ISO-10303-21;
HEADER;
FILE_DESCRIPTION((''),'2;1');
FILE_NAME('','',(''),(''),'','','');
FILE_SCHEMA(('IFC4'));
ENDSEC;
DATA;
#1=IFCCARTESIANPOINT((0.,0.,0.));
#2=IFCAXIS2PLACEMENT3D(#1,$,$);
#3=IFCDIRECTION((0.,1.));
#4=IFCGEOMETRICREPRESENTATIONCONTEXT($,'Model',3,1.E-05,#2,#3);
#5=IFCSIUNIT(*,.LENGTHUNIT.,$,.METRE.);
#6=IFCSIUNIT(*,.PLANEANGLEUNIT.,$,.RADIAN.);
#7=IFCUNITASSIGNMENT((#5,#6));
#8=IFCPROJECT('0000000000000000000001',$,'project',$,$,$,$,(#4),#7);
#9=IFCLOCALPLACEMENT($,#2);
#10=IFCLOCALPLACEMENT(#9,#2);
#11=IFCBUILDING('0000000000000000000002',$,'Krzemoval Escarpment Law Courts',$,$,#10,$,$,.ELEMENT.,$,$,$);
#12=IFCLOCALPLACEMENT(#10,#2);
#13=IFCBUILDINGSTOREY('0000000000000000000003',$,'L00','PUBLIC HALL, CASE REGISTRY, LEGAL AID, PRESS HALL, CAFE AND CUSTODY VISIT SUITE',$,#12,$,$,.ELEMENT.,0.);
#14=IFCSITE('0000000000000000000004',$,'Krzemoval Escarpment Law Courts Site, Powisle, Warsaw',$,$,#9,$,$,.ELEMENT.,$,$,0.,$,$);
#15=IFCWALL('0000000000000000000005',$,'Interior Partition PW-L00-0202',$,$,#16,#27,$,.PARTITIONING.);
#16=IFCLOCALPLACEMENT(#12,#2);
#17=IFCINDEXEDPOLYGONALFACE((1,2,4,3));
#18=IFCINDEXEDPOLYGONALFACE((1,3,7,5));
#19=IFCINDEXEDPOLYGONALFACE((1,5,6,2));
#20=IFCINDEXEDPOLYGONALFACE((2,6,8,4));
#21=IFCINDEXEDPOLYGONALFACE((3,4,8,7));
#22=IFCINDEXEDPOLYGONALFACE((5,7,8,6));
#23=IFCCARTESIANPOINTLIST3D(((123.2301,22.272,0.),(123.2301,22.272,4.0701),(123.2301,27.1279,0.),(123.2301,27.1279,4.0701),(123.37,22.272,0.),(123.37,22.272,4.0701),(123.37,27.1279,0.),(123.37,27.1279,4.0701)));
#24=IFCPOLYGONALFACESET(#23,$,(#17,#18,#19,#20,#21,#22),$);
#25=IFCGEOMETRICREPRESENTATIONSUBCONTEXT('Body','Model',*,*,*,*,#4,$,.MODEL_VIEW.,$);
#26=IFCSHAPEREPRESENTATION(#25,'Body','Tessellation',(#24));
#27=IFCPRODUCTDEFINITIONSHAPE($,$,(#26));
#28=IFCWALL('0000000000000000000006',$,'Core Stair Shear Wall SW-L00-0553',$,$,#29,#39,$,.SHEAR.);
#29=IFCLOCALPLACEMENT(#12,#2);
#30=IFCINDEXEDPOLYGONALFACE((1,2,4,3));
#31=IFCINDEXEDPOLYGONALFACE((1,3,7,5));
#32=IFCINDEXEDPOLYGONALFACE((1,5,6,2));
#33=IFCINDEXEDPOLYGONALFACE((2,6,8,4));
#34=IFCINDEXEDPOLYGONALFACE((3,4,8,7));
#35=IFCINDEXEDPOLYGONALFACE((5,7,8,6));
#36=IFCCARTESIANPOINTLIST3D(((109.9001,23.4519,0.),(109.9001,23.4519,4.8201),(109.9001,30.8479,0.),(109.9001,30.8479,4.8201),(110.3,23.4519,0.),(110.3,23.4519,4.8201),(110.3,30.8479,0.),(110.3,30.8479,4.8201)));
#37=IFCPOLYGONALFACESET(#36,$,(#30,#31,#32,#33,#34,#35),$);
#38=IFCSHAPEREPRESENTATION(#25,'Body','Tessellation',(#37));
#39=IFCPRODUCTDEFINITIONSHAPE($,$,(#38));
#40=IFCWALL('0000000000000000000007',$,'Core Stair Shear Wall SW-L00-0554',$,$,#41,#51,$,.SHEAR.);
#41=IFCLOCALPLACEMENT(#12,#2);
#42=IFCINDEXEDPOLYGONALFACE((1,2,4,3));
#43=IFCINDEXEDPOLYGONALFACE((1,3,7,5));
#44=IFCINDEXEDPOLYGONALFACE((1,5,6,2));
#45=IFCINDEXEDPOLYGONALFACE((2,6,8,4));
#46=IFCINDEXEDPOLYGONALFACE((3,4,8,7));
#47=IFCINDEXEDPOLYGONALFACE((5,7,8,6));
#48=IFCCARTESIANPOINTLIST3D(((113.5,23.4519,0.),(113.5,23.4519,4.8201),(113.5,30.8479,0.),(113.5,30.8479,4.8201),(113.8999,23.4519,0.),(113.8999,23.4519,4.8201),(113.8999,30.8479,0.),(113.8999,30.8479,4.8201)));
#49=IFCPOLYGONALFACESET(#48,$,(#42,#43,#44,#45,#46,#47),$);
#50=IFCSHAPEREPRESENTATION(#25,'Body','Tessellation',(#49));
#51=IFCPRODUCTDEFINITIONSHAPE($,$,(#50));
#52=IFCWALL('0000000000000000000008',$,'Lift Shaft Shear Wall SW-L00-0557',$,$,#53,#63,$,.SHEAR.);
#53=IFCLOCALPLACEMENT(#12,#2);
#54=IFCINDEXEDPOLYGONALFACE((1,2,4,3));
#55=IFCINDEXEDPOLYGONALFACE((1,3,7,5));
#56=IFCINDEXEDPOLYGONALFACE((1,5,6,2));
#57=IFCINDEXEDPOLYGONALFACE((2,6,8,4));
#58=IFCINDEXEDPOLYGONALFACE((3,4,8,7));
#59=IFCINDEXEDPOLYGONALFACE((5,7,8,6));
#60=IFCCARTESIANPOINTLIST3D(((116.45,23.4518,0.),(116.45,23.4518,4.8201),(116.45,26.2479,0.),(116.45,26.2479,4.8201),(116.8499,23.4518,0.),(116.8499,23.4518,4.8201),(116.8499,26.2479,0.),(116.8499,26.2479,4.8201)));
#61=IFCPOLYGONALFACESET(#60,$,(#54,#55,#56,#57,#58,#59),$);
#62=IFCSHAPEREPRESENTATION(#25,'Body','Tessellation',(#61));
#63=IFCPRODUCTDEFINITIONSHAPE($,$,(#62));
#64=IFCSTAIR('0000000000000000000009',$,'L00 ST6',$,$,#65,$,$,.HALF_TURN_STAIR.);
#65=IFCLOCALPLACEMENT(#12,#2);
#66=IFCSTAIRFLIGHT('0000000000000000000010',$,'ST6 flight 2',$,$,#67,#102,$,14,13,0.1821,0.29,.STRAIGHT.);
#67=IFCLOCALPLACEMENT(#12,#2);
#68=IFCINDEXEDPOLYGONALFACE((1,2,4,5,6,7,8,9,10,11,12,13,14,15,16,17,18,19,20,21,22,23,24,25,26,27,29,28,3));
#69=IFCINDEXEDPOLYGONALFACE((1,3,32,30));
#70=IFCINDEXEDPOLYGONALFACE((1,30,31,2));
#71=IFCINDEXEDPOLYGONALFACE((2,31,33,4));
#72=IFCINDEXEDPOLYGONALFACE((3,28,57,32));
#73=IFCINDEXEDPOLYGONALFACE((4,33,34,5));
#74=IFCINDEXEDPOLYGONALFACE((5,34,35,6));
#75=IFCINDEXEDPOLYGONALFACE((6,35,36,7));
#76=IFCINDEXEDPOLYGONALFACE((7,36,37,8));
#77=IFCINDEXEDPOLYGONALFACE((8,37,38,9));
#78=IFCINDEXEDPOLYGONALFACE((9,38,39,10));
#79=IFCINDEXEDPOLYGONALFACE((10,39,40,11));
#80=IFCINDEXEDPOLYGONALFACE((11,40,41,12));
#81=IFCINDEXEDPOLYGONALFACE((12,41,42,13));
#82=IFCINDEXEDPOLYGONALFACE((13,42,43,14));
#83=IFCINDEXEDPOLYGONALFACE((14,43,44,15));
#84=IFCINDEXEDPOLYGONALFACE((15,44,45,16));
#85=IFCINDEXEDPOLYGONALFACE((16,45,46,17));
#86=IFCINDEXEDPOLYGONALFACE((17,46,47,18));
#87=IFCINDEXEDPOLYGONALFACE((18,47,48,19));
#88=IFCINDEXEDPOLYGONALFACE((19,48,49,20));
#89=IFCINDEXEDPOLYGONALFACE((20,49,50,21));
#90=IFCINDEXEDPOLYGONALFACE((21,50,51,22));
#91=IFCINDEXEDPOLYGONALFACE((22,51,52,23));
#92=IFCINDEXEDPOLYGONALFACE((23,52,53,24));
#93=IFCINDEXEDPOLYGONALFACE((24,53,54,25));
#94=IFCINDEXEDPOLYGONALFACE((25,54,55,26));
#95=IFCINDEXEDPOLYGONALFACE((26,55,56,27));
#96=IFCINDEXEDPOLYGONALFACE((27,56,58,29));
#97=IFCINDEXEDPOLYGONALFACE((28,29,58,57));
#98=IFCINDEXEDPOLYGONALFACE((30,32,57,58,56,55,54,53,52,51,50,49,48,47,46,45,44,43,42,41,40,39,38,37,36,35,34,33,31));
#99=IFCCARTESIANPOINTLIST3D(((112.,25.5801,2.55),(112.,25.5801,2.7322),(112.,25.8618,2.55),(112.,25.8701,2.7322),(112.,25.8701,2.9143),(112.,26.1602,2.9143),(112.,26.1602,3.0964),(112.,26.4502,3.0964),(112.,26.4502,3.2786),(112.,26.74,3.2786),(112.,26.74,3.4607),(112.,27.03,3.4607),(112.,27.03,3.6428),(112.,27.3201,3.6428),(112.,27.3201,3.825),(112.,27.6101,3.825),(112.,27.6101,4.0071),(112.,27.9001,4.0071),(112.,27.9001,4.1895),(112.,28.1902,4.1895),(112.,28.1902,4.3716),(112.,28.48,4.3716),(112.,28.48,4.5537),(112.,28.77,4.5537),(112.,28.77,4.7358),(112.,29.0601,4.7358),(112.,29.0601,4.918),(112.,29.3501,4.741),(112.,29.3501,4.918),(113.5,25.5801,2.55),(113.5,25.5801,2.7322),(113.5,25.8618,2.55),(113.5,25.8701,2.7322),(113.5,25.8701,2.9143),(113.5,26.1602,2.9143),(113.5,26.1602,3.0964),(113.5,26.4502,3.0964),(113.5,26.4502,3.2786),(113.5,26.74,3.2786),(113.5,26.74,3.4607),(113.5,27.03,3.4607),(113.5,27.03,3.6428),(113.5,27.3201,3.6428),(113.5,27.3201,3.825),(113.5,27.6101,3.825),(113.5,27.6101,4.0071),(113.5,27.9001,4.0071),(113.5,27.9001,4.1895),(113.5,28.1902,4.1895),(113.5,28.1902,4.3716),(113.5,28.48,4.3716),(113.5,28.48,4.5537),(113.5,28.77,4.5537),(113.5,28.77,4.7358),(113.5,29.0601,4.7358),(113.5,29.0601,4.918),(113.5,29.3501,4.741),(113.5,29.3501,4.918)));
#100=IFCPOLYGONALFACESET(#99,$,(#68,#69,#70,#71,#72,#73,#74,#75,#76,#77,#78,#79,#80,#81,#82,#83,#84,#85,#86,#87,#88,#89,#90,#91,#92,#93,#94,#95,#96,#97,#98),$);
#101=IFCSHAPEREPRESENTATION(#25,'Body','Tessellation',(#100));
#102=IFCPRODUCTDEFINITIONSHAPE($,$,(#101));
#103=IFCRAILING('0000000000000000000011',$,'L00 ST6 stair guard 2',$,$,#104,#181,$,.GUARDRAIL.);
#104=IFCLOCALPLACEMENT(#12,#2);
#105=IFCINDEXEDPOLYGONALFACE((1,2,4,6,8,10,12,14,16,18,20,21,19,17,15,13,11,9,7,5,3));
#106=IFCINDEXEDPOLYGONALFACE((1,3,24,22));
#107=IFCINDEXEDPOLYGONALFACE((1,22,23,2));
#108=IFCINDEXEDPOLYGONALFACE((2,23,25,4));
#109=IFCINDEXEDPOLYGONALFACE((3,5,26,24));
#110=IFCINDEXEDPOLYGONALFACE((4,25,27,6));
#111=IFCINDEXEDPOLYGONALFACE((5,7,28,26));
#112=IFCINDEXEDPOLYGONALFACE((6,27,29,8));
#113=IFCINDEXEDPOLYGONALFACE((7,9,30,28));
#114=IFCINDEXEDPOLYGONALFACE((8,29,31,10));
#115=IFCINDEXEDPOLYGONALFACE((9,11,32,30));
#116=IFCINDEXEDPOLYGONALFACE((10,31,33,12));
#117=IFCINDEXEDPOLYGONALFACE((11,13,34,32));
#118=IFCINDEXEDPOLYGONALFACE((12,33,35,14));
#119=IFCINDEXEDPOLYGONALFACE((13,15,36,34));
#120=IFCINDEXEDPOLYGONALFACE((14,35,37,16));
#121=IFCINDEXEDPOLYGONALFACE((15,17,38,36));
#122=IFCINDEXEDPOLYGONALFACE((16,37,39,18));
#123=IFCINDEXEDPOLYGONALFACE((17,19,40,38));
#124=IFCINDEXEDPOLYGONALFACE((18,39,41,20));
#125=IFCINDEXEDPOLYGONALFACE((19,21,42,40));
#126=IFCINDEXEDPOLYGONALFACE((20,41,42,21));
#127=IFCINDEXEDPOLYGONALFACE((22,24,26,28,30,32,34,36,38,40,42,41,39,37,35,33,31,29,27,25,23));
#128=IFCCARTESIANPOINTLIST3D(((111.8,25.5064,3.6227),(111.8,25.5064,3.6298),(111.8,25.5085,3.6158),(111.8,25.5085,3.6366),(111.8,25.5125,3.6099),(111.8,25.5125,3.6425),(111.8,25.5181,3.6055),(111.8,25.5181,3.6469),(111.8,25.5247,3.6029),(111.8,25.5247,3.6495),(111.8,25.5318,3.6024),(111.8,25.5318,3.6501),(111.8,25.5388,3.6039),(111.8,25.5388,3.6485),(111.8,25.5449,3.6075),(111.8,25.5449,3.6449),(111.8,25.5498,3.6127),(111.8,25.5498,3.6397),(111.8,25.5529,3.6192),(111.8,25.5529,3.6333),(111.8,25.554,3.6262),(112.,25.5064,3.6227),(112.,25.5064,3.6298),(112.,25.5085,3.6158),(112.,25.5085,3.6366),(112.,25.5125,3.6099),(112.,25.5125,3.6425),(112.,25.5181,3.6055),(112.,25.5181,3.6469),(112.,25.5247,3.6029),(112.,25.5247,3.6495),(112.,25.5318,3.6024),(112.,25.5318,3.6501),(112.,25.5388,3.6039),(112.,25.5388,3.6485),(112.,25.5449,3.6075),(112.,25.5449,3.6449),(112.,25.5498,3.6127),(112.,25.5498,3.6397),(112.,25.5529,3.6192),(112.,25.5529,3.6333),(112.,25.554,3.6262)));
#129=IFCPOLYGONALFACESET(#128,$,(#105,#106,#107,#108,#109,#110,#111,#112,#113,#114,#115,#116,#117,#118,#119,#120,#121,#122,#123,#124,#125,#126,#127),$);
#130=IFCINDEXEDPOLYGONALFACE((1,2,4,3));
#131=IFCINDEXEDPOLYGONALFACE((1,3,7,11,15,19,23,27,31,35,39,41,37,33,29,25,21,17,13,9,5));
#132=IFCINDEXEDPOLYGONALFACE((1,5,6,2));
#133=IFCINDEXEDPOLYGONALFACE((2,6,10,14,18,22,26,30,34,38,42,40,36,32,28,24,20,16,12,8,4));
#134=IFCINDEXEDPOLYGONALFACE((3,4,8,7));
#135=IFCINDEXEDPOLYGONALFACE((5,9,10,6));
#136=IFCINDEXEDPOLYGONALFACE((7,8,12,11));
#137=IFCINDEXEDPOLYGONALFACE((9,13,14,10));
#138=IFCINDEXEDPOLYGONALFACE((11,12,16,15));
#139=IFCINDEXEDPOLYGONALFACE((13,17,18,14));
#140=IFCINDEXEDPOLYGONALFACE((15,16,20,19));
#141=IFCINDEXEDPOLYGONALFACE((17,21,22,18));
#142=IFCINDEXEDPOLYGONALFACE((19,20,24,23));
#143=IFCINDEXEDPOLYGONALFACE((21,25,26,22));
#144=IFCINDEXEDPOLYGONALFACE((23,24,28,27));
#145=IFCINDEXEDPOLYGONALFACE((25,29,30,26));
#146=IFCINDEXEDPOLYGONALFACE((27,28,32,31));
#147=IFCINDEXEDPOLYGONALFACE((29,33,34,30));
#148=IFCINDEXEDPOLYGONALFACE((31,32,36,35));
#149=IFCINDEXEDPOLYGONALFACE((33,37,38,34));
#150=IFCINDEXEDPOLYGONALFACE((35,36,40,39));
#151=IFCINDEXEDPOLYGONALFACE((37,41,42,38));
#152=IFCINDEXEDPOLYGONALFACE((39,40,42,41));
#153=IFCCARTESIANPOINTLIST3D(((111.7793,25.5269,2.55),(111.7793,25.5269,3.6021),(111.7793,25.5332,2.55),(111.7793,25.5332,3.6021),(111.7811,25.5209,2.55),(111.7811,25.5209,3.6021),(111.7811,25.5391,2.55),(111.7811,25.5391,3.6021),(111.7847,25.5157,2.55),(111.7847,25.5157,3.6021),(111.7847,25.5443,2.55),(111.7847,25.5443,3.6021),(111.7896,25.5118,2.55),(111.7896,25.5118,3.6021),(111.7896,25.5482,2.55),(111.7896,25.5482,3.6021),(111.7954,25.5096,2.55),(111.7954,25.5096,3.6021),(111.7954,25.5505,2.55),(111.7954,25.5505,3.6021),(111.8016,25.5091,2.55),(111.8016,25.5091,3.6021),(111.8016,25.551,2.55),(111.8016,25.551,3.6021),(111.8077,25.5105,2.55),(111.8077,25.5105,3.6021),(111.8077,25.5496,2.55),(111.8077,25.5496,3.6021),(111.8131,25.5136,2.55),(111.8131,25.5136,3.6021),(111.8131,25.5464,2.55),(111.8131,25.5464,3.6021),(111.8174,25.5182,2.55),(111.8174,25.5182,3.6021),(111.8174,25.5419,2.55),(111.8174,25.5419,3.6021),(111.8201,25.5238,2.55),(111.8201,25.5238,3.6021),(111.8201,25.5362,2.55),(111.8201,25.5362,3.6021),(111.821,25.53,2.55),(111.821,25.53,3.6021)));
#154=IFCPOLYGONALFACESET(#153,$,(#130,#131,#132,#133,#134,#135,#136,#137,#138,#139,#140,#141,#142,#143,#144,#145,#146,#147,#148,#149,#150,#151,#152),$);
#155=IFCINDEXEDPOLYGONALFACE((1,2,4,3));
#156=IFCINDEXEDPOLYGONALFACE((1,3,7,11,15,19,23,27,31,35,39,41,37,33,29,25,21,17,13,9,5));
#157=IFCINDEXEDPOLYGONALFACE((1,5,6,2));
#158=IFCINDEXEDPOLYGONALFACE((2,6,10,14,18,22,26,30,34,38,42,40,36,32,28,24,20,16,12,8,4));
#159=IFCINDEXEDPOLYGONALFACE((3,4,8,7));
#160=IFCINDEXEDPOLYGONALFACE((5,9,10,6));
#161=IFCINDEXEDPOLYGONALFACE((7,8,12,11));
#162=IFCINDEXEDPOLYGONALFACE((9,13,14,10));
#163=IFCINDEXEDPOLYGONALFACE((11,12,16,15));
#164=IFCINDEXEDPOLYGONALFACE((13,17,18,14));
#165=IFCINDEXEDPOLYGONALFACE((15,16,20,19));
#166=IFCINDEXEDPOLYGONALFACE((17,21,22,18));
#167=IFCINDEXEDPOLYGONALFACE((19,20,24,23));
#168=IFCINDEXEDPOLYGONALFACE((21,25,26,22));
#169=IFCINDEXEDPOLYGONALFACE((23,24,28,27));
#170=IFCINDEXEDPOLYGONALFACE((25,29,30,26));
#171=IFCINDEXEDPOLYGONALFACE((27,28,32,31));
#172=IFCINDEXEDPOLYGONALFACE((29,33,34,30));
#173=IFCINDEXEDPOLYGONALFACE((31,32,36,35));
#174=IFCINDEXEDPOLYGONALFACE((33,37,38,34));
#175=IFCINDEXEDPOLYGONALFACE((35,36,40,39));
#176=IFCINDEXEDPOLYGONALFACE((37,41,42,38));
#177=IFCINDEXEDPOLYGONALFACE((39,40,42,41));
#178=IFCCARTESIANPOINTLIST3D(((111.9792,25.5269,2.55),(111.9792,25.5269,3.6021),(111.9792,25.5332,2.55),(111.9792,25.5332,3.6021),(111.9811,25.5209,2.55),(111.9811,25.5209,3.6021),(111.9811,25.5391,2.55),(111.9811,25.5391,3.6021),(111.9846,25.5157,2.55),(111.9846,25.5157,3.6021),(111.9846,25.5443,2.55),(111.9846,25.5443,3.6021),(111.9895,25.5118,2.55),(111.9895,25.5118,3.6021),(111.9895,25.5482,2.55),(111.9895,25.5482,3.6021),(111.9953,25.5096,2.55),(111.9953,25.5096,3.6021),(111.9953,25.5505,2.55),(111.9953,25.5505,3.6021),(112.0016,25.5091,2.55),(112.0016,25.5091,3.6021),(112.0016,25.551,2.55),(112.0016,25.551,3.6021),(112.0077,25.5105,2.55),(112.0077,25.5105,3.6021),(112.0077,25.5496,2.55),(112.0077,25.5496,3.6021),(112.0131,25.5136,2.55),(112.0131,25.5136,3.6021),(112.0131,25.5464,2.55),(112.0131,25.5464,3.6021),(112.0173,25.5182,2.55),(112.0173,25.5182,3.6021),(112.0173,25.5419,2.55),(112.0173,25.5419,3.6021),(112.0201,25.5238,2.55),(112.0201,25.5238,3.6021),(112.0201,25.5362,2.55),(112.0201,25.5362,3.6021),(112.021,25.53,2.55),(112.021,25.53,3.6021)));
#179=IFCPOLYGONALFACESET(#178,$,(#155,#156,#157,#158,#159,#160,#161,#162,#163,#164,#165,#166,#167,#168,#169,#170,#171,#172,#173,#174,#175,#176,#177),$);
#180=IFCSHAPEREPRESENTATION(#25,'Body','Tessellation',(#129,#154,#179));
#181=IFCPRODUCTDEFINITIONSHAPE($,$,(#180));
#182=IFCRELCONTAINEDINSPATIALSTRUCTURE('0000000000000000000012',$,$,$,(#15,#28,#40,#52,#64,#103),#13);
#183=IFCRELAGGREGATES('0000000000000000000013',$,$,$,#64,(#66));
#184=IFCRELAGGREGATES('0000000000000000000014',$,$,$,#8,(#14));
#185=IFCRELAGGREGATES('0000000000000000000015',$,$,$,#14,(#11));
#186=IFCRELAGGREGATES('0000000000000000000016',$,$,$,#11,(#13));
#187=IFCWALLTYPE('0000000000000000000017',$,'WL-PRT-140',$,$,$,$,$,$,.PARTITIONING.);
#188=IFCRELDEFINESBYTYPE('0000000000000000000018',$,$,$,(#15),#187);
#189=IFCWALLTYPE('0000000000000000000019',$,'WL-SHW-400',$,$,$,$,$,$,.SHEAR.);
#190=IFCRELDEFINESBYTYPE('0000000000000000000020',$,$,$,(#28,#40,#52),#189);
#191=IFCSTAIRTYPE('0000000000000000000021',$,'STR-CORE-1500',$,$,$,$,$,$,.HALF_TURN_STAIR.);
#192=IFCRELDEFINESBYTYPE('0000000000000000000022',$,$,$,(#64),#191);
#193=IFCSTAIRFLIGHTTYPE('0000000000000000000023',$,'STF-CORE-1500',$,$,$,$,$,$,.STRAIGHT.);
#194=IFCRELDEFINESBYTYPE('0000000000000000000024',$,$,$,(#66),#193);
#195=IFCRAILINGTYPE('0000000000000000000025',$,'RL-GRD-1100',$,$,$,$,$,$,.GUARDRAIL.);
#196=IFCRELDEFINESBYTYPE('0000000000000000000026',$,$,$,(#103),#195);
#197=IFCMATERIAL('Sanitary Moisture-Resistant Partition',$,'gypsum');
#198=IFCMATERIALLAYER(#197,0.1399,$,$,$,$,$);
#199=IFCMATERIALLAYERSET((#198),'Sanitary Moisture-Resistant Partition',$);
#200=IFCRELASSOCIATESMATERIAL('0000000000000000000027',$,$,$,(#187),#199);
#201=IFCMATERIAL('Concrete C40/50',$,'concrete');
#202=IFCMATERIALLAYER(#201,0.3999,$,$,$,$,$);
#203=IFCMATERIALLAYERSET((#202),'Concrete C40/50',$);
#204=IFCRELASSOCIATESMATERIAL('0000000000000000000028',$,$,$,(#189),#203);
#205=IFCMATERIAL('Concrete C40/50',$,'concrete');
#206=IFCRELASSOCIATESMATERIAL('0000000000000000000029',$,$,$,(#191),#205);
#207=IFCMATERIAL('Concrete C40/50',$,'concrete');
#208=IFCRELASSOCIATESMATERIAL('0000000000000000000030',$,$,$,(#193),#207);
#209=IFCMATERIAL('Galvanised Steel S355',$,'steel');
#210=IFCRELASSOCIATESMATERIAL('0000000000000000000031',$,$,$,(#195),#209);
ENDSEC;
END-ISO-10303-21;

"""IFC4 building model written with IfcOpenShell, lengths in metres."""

from ifc_helpers import new_model, si_unit, direction, frame, frame_2d, origin, origin_2d, place, context, subcontext, project, spatial, polyline, rectangle, circle, outline, extrude, material, layer, layer_set, type_object, element, aggregate, save


model = new_model("IFC4")

# Units and contexts
model_context = context("Model", 3, precision=1e-05, world=origin(), true_north=direction((0.0, 1.0)))
body_context = subcontext(model_context, "Body", "Model", "MODEL_VIEW")
ifc_project = project(units=[si_unit("LENGTHUNIT", "METRE"), si_unit("PLANEANGLEUNIT", "RADIAN")], contexts=[model_context])

# Site, building, storey
site_placement = place(None, origin())
site = spatial("IfcSite", under=ifc_project, at=site_placement, Name="Krzemoval Escarpment Law Courts Site, Powisle, Warsaw", CompositionType="ELEMENT", RefElevation=0.0)
building_placement = place(site_placement, origin())
building = spatial("IfcBuilding", under=site, at=building_placement, Name="Krzemoval Escarpment Law Courts", CompositionType="ELEMENT")
storey_placement = place(building_placement, origin())
storey = spatial("IfcBuildingStorey", under=building, at=storey_placement, Name="L00", Description="PUBLIC HALL, CASE REGISTRY, LEGAL AID, PRESS HALL, CAFE AND CUSTODY VISIT SUITE", CompositionType="ELEMENT", Elevation=0.0)

# Shared definitions
ifc_material_1 = material(Name="Sanitary Moisture-Resistant Partition", Category="gypsum")
ifc_layer_1 = layer(ifc_material_1, 0.1399)
ifc_layer_set_1 = layer_set([ifc_layer_1], Name="Sanitary Moisture-Resistant Partition")
wall_type_1 = type_object("IfcWallType", Name="WL-PRT-140", PredefinedType="PARTITIONING", material=ifc_layer_set_1)

# Walls
wall_1_placement = place(storey_placement, frame((123.3, 22.272, 0.0), z_axis=(0.0, 0.0, 1.0), x_axis=(0.0, 1.0, 0.0)))
element("IfcWall", 1, at=wall_1_placement, inside=storey, type_object=wall_type_1, Name="Interior Partition PW-L00-0202", PredefinedType="PARTITIONING", context=body_context, shape_type="SweptSolid", body=[
    extrude(rectangle(XDim=4.856, YDim=0.1399, at=frame_2d((2.428, 0.0))), origin(), (0.0, 0.0, 1.0), 4.0701),
])
ifc_material_2 = material(Name="Concrete C40/50", Category="concrete")
ifc_layer_2 = layer(ifc_material_2, 0.3999)
ifc_layer_set_2 = layer_set([ifc_layer_2], Name="Concrete C40/50")
wall_type_2 = type_object("IfcWallType", Name="WL-SHW-400", PredefinedType="SHEAR", material=ifc_layer_set_2)
for number, where, z_axis, x_axis, name in (
    (2, (110.1001, 23.4519, 0.0), (0.0, 0.0, 1.0), (0.0, 1.0, 0.0), "Core Stair Shear Wall SW-L00-0553"),
    (3, (113.7, 23.4519, 0.0), (0.0, 0.0, 1.0), (0.0, 1.0, 0.0), "Core Stair Shear Wall SW-L00-0554"),
):
    element("IfcWall", number, at=place(storey_placement, frame(where, z_axis=z_axis, x_axis=x_axis)), inside=storey, type_object=wall_type_2, Name=name, PredefinedType="SHEAR", context=body_context, shape_type="SweptSolid", body=[
        extrude(rectangle(XDim=7.396, YDim=0.3999, at=frame_2d((3.698, 0.0))), origin(), (0.0, 0.0, 1.0), 4.8201),
    ])

# Wall
wall_2_placement = place(storey_placement, frame((116.6499, 23.4519, 0.0), z_axis=(0.0, 0.0, 1.0), x_axis=(0.0, 1.0, 0.0)))
element("IfcWall", 4, at=wall_2_placement, inside=storey, type_object=wall_type_2, Name="Lift Shaft Shear Wall SW-L00-0557", PredefinedType="SHEAR", context=body_context, shape_type="SweptSolid", body=[
    extrude(rectangle(XDim=2.7961, YDim=0.3999, at=frame_2d((1.3979, 0.0))), origin(), (0.0, 0.0, 1.0), 4.8201),
])

# Stair, stair flight
ifc_material_3 = material(Name="Concrete C40/50", Category="concrete")
stair_type = type_object("IfcStairType", Name="STR-CORE-1500", PredefinedType="HALF_TURN_STAIR", material=ifc_material_3)
stair_placement = place(storey_placement, origin())
stair = element("IfcStair", 5, at=stair_placement, inside=storey, type_object=stair_type, Name="L00 ST6", PredefinedType="HALF_TURN_STAIR")
ifc_material_4 = material(Name="Concrete C40/50", Category="concrete")
stair_flight_type = type_object("IfcStairFlightType", Name="STF-CORE-1500", PredefinedType="STRAIGHT", material=ifc_material_4)
stair_flight_placement = place(storey_placement, frame((112.75, 25.5801, 2.55), z_axis=(0.0, 0.0, 1.0), x_axis=(0.0, 1.0, 0.0)))
stair_flight = element("IfcStairFlight", 6, at=stair_flight_placement, type_object=stair_flight_type, Name="ST6 flight 2", NumberOfRisers=14, NumberOfTreads=13, PredefinedType="STRAIGHT", RiserHeight=0.1821, TreadLength=0.29, context=body_context, shape_type="SweptSolid", body=[
    extrude(outline(polyline([(0.0, 0.0), (0.0, 0.1821), (0.29, 0.1821), (0.29, 0.3643), (0.5801, 0.3643), (0.5801, 0.5464), (0.8701, 0.5464), (0.8701, 0.7285), (1.1599, 0.7285), (1.1599, 0.9106), (1.45, 0.9106), (1.45, 1.0928), (1.74, 1.0928), (1.74, 1.2749), (2.03, 1.2749), (2.03, 1.457), (2.3201, 1.457), (2.3201, 1.6394), (2.6101, 1.6394), (2.6101, 1.8215), (2.8999, 1.8215), (2.8999, 2.0037), (3.1899, 2.0037), (3.1899, 2.1858), (3.48, 2.1858), (3.48, 2.3679), (3.77, 2.3679), (3.77, 2.55), (3.77, 2.1909), (0.2817, 0.0), (0.0, 0.0)])), frame((0.0, 0.75, 0.0), z_axis=(0.0, -1.0, 0.0), x_axis=(1.0, 0.0, 0.0)), (0.0, 0.0, 1.0), 1.5),
])
aggregate(stair, [stair_flight])

# Railing
ifc_material_5 = material(Name="Galvanised Steel S355", Category="steel")
railing_type = type_object("IfcRailingType", Name="RL-GRD-1100", PredefinedType="GUARDRAIL", material=ifc_material_5)
railing_1_placement = place(storey_placement, frame((111.8, 25.53, 2.55)))
element("IfcRailing", 7, at=railing_1_placement, inside=storey, type_object=railing_type, Name="L00 ST6 stair guard 2", PredefinedType="GUARDRAIL", context=body_context, shape_type="SweptSolid", body=[
    extrude(circle(Radius=0.0239, at=origin_2d()), frame((0.0, 0.0, 1.0762), z_axis=(1.0, 0.0, 0.0), x_axis=(0.0, 1.0, 0.0)), (0.0, 0.0, 1.0), 0.2),
    extrude(circle(Radius=0.021, at=origin_2d()), origin(), (0.0, 0.0, 1.0), 1.052),
    extrude(circle(Radius=0.021, at=origin_2d()), frame((0.2, 0.0, 0.0)), (0.0, 0.0, 1.0), 1.052),
])

save(model, "model.ifc")
